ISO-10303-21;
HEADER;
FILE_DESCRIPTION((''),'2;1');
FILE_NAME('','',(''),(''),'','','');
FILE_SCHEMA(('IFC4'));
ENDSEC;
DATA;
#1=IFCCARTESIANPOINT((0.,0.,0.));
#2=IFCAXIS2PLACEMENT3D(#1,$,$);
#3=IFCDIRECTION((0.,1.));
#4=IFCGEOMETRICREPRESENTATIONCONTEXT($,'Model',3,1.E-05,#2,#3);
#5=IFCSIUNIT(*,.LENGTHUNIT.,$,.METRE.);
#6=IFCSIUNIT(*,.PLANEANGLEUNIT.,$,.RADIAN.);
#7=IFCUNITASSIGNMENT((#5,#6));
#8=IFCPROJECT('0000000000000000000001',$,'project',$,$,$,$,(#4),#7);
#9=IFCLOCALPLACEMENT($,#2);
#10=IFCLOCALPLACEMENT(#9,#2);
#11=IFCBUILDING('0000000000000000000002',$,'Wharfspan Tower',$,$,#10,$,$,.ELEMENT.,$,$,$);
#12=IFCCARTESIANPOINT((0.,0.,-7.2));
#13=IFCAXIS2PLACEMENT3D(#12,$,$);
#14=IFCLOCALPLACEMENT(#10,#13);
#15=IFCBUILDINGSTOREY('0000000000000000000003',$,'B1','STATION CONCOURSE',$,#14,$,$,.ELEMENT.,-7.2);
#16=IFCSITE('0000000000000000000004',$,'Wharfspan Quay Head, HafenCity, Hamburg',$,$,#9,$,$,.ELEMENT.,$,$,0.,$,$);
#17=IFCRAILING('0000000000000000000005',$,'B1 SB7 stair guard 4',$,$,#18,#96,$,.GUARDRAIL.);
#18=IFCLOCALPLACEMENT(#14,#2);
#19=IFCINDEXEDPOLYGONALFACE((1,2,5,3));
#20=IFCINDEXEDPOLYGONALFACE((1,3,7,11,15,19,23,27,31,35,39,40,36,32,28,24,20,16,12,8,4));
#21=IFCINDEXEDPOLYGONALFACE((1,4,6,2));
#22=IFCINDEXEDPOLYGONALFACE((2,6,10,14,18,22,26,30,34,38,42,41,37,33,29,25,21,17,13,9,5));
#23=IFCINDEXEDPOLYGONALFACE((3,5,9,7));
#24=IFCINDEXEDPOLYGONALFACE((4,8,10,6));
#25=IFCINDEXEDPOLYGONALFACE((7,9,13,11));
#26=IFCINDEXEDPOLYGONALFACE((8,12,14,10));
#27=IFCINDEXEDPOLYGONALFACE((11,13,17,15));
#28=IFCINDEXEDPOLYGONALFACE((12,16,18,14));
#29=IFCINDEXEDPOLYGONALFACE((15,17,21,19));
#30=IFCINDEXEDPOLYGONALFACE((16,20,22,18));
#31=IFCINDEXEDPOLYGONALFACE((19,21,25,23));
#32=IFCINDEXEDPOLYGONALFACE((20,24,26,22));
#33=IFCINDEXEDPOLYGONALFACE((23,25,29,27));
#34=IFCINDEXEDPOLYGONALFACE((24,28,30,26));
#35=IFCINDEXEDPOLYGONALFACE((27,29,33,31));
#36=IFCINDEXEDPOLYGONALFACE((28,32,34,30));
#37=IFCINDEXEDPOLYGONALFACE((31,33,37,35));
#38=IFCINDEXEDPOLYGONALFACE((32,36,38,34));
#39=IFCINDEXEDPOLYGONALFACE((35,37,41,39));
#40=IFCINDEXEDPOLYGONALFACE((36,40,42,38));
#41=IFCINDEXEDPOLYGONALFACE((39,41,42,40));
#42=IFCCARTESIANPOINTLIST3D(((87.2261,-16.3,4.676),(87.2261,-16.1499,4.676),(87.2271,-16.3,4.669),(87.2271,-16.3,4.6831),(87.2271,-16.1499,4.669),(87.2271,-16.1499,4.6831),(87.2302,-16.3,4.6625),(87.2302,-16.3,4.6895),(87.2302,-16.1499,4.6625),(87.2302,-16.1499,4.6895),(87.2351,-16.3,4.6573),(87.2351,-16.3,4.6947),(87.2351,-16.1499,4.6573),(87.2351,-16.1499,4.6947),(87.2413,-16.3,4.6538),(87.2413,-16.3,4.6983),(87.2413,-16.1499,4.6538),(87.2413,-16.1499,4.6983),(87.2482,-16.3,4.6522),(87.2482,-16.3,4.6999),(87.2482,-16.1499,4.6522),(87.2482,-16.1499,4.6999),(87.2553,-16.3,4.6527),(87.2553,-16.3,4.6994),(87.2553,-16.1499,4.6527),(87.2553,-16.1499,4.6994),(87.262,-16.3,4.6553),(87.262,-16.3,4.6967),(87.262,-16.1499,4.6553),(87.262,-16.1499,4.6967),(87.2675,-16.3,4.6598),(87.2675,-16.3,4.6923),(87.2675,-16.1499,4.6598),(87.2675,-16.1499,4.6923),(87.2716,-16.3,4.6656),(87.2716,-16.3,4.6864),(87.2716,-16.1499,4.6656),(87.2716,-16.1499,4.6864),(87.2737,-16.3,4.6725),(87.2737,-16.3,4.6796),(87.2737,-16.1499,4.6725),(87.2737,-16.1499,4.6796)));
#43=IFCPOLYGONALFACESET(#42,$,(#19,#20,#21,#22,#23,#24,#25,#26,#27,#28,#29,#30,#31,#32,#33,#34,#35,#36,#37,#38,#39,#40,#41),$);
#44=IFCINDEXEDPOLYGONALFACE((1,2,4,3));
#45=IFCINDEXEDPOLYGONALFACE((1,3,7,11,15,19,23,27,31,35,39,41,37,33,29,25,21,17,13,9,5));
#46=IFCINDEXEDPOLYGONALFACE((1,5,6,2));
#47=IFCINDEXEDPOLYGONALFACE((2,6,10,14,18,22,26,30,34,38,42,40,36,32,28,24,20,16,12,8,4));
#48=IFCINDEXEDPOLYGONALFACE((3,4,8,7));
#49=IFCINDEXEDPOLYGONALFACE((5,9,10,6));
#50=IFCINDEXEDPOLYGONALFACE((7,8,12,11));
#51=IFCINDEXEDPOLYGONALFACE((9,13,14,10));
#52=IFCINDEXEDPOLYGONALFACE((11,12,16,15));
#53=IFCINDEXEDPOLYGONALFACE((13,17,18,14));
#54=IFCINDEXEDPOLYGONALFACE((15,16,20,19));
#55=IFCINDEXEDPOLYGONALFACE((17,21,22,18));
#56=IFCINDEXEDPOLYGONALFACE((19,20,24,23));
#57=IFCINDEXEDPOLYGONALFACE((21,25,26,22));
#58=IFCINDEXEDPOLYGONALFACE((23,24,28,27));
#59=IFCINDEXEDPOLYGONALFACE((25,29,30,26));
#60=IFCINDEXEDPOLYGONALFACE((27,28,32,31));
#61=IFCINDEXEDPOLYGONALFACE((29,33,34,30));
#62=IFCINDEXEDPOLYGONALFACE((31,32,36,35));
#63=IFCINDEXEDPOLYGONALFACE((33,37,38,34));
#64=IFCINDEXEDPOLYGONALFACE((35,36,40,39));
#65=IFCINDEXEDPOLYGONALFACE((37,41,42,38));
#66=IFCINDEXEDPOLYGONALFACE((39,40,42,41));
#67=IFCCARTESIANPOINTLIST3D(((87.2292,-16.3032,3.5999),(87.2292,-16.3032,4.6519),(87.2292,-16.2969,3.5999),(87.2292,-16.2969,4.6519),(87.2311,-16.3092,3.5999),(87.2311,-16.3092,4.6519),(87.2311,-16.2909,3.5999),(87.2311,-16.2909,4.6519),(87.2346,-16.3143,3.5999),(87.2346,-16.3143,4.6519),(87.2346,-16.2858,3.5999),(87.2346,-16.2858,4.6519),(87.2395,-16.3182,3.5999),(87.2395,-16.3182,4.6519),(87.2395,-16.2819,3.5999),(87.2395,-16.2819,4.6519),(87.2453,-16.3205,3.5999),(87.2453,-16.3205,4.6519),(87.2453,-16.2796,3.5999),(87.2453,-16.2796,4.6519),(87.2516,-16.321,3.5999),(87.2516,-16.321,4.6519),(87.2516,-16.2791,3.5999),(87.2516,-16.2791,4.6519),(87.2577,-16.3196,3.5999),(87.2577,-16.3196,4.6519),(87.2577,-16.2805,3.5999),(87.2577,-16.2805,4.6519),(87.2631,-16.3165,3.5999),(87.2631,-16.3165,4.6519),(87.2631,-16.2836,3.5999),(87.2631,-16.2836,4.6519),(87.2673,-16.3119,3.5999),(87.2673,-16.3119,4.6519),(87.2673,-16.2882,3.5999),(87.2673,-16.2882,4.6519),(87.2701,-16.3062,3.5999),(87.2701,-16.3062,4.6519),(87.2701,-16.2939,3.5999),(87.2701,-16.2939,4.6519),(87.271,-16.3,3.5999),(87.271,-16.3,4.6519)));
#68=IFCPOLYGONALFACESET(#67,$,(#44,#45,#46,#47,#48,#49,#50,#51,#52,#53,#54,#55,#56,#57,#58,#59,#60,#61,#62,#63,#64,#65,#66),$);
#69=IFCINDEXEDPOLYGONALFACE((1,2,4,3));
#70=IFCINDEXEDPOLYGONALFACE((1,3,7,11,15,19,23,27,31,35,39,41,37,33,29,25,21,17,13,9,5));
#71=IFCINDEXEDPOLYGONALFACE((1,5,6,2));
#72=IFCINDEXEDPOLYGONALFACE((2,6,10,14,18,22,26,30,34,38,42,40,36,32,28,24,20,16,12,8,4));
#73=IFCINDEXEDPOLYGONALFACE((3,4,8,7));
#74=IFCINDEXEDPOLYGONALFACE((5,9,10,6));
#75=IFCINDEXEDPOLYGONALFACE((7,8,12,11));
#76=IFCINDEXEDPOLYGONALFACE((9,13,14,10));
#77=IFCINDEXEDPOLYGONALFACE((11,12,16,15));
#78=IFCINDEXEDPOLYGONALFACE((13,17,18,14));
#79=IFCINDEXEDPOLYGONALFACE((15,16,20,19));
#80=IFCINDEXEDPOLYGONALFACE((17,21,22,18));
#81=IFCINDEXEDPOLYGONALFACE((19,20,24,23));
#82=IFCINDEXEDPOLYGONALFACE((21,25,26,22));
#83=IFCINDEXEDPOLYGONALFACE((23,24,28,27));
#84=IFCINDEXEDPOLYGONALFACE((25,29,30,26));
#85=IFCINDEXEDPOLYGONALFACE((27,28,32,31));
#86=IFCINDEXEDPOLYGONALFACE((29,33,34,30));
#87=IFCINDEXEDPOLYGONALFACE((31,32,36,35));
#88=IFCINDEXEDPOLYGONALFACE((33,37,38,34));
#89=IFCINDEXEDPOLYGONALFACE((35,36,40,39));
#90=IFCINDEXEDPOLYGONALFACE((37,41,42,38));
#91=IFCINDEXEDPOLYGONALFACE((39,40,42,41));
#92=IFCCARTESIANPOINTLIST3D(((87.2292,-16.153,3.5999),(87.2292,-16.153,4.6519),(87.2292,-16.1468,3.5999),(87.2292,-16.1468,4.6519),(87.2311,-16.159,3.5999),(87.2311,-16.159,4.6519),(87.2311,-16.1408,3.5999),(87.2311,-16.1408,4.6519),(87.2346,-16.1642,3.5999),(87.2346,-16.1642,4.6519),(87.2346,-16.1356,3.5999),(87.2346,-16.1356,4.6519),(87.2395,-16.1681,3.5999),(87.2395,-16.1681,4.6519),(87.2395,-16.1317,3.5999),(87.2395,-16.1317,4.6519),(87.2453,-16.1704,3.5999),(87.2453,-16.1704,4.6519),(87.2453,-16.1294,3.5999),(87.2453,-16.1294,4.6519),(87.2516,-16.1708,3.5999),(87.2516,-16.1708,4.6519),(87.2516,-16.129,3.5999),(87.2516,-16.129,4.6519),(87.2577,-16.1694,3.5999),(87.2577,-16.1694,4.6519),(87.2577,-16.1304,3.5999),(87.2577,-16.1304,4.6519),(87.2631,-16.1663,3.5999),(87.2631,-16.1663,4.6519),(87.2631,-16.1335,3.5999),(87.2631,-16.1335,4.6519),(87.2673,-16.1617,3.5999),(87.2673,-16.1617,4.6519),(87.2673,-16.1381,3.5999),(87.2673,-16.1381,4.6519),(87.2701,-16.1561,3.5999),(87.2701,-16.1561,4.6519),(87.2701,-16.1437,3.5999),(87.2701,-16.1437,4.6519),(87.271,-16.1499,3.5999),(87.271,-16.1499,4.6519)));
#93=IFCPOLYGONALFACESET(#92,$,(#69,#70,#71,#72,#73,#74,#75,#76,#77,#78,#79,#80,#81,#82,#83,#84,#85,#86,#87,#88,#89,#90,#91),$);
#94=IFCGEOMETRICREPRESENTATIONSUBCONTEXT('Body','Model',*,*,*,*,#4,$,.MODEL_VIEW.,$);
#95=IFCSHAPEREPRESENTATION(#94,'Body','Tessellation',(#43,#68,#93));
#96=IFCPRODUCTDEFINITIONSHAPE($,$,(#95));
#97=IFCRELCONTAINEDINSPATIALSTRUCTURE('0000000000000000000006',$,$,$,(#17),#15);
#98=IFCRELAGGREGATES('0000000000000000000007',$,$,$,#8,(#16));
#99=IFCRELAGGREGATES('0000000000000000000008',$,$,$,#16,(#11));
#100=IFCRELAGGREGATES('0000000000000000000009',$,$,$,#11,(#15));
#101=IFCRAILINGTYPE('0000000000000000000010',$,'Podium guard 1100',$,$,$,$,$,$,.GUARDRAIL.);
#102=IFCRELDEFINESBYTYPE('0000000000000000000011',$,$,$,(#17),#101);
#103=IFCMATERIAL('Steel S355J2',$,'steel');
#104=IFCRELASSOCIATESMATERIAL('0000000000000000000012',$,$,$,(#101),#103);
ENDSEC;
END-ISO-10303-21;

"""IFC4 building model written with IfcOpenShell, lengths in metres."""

from ifc_helpers import new_model, si_unit, direction, frame, origin, origin_2d, place, context, subcontext, project, spatial, circle, extrude, material, type_object, element, save


model = new_model("IFC4")

# Units and contexts
model_context = context("Model", 3, precision=1e-05, world=origin(), true_north=direction((0.0, 1.0)))
body_context = subcontext(model_context, "Body", "Model", "MODEL_VIEW")
ifc_project = project(units=[si_unit("LENGTHUNIT", "METRE"), si_unit("PLANEANGLEUNIT", "RADIAN")], contexts=[model_context])

# Site, building, storey
site_placement = place(None, origin())
site = spatial("IfcSite", under=ifc_project, at=site_placement, Name="Wharfspan Quay Head, HafenCity, Hamburg", CompositionType="ELEMENT", RefElevation=0.0)
building_placement = place(site_placement, origin())
building = spatial("IfcBuilding", under=site, at=building_placement, Name="Wharfspan Tower", CompositionType="ELEMENT")
storey_placement = place(building_placement, frame((0.0, 0.0, -7.2)))
storey = spatial("IfcBuildingStorey", under=building, at=storey_placement, Name="B1", Description="STATION CONCOURSE", CompositionType="ELEMENT", Elevation=-7.2)

# Railing
ifc_material_1 = material(Name="Steel S355J2", Category="steel")
railing_type_1 = type_object("IfcRailingType", Name="Podium guard 1100", PredefinedType="GUARDRAIL", material=ifc_material_1)
railing_1_placement = place(storey_placement, frame((87.25, -16.3, 3.5999)))
element("IfcRailing", 1, at=railing_1_placement, inside=storey, type_object=railing_type_1, Name="B1 SB7 stair guard 4", PredefinedType="GUARDRAIL", context=body_context, shape_type="SweptSolid", body=[
    extrude(circle(Radius=0.0239, at=origin_2d()), frame((0.0, 0.0, 1.0762), z_axis=(0.0, 1.0, 0.0), x_axis=(-1.0, 0.0, 0.0)), (0.0, 0.0, 1.0), 0.1501),
    extrude(circle(Radius=0.021, at=origin_2d()), origin(), (0.0, 0.0, 1.0), 1.052),
    extrude(circle(Radius=0.021, at=origin_2d()), frame((0.0, 0.1501, 0.0)), (0.0, 0.0, 1.0), 1.052),
])

save(model, "model.ifc")
